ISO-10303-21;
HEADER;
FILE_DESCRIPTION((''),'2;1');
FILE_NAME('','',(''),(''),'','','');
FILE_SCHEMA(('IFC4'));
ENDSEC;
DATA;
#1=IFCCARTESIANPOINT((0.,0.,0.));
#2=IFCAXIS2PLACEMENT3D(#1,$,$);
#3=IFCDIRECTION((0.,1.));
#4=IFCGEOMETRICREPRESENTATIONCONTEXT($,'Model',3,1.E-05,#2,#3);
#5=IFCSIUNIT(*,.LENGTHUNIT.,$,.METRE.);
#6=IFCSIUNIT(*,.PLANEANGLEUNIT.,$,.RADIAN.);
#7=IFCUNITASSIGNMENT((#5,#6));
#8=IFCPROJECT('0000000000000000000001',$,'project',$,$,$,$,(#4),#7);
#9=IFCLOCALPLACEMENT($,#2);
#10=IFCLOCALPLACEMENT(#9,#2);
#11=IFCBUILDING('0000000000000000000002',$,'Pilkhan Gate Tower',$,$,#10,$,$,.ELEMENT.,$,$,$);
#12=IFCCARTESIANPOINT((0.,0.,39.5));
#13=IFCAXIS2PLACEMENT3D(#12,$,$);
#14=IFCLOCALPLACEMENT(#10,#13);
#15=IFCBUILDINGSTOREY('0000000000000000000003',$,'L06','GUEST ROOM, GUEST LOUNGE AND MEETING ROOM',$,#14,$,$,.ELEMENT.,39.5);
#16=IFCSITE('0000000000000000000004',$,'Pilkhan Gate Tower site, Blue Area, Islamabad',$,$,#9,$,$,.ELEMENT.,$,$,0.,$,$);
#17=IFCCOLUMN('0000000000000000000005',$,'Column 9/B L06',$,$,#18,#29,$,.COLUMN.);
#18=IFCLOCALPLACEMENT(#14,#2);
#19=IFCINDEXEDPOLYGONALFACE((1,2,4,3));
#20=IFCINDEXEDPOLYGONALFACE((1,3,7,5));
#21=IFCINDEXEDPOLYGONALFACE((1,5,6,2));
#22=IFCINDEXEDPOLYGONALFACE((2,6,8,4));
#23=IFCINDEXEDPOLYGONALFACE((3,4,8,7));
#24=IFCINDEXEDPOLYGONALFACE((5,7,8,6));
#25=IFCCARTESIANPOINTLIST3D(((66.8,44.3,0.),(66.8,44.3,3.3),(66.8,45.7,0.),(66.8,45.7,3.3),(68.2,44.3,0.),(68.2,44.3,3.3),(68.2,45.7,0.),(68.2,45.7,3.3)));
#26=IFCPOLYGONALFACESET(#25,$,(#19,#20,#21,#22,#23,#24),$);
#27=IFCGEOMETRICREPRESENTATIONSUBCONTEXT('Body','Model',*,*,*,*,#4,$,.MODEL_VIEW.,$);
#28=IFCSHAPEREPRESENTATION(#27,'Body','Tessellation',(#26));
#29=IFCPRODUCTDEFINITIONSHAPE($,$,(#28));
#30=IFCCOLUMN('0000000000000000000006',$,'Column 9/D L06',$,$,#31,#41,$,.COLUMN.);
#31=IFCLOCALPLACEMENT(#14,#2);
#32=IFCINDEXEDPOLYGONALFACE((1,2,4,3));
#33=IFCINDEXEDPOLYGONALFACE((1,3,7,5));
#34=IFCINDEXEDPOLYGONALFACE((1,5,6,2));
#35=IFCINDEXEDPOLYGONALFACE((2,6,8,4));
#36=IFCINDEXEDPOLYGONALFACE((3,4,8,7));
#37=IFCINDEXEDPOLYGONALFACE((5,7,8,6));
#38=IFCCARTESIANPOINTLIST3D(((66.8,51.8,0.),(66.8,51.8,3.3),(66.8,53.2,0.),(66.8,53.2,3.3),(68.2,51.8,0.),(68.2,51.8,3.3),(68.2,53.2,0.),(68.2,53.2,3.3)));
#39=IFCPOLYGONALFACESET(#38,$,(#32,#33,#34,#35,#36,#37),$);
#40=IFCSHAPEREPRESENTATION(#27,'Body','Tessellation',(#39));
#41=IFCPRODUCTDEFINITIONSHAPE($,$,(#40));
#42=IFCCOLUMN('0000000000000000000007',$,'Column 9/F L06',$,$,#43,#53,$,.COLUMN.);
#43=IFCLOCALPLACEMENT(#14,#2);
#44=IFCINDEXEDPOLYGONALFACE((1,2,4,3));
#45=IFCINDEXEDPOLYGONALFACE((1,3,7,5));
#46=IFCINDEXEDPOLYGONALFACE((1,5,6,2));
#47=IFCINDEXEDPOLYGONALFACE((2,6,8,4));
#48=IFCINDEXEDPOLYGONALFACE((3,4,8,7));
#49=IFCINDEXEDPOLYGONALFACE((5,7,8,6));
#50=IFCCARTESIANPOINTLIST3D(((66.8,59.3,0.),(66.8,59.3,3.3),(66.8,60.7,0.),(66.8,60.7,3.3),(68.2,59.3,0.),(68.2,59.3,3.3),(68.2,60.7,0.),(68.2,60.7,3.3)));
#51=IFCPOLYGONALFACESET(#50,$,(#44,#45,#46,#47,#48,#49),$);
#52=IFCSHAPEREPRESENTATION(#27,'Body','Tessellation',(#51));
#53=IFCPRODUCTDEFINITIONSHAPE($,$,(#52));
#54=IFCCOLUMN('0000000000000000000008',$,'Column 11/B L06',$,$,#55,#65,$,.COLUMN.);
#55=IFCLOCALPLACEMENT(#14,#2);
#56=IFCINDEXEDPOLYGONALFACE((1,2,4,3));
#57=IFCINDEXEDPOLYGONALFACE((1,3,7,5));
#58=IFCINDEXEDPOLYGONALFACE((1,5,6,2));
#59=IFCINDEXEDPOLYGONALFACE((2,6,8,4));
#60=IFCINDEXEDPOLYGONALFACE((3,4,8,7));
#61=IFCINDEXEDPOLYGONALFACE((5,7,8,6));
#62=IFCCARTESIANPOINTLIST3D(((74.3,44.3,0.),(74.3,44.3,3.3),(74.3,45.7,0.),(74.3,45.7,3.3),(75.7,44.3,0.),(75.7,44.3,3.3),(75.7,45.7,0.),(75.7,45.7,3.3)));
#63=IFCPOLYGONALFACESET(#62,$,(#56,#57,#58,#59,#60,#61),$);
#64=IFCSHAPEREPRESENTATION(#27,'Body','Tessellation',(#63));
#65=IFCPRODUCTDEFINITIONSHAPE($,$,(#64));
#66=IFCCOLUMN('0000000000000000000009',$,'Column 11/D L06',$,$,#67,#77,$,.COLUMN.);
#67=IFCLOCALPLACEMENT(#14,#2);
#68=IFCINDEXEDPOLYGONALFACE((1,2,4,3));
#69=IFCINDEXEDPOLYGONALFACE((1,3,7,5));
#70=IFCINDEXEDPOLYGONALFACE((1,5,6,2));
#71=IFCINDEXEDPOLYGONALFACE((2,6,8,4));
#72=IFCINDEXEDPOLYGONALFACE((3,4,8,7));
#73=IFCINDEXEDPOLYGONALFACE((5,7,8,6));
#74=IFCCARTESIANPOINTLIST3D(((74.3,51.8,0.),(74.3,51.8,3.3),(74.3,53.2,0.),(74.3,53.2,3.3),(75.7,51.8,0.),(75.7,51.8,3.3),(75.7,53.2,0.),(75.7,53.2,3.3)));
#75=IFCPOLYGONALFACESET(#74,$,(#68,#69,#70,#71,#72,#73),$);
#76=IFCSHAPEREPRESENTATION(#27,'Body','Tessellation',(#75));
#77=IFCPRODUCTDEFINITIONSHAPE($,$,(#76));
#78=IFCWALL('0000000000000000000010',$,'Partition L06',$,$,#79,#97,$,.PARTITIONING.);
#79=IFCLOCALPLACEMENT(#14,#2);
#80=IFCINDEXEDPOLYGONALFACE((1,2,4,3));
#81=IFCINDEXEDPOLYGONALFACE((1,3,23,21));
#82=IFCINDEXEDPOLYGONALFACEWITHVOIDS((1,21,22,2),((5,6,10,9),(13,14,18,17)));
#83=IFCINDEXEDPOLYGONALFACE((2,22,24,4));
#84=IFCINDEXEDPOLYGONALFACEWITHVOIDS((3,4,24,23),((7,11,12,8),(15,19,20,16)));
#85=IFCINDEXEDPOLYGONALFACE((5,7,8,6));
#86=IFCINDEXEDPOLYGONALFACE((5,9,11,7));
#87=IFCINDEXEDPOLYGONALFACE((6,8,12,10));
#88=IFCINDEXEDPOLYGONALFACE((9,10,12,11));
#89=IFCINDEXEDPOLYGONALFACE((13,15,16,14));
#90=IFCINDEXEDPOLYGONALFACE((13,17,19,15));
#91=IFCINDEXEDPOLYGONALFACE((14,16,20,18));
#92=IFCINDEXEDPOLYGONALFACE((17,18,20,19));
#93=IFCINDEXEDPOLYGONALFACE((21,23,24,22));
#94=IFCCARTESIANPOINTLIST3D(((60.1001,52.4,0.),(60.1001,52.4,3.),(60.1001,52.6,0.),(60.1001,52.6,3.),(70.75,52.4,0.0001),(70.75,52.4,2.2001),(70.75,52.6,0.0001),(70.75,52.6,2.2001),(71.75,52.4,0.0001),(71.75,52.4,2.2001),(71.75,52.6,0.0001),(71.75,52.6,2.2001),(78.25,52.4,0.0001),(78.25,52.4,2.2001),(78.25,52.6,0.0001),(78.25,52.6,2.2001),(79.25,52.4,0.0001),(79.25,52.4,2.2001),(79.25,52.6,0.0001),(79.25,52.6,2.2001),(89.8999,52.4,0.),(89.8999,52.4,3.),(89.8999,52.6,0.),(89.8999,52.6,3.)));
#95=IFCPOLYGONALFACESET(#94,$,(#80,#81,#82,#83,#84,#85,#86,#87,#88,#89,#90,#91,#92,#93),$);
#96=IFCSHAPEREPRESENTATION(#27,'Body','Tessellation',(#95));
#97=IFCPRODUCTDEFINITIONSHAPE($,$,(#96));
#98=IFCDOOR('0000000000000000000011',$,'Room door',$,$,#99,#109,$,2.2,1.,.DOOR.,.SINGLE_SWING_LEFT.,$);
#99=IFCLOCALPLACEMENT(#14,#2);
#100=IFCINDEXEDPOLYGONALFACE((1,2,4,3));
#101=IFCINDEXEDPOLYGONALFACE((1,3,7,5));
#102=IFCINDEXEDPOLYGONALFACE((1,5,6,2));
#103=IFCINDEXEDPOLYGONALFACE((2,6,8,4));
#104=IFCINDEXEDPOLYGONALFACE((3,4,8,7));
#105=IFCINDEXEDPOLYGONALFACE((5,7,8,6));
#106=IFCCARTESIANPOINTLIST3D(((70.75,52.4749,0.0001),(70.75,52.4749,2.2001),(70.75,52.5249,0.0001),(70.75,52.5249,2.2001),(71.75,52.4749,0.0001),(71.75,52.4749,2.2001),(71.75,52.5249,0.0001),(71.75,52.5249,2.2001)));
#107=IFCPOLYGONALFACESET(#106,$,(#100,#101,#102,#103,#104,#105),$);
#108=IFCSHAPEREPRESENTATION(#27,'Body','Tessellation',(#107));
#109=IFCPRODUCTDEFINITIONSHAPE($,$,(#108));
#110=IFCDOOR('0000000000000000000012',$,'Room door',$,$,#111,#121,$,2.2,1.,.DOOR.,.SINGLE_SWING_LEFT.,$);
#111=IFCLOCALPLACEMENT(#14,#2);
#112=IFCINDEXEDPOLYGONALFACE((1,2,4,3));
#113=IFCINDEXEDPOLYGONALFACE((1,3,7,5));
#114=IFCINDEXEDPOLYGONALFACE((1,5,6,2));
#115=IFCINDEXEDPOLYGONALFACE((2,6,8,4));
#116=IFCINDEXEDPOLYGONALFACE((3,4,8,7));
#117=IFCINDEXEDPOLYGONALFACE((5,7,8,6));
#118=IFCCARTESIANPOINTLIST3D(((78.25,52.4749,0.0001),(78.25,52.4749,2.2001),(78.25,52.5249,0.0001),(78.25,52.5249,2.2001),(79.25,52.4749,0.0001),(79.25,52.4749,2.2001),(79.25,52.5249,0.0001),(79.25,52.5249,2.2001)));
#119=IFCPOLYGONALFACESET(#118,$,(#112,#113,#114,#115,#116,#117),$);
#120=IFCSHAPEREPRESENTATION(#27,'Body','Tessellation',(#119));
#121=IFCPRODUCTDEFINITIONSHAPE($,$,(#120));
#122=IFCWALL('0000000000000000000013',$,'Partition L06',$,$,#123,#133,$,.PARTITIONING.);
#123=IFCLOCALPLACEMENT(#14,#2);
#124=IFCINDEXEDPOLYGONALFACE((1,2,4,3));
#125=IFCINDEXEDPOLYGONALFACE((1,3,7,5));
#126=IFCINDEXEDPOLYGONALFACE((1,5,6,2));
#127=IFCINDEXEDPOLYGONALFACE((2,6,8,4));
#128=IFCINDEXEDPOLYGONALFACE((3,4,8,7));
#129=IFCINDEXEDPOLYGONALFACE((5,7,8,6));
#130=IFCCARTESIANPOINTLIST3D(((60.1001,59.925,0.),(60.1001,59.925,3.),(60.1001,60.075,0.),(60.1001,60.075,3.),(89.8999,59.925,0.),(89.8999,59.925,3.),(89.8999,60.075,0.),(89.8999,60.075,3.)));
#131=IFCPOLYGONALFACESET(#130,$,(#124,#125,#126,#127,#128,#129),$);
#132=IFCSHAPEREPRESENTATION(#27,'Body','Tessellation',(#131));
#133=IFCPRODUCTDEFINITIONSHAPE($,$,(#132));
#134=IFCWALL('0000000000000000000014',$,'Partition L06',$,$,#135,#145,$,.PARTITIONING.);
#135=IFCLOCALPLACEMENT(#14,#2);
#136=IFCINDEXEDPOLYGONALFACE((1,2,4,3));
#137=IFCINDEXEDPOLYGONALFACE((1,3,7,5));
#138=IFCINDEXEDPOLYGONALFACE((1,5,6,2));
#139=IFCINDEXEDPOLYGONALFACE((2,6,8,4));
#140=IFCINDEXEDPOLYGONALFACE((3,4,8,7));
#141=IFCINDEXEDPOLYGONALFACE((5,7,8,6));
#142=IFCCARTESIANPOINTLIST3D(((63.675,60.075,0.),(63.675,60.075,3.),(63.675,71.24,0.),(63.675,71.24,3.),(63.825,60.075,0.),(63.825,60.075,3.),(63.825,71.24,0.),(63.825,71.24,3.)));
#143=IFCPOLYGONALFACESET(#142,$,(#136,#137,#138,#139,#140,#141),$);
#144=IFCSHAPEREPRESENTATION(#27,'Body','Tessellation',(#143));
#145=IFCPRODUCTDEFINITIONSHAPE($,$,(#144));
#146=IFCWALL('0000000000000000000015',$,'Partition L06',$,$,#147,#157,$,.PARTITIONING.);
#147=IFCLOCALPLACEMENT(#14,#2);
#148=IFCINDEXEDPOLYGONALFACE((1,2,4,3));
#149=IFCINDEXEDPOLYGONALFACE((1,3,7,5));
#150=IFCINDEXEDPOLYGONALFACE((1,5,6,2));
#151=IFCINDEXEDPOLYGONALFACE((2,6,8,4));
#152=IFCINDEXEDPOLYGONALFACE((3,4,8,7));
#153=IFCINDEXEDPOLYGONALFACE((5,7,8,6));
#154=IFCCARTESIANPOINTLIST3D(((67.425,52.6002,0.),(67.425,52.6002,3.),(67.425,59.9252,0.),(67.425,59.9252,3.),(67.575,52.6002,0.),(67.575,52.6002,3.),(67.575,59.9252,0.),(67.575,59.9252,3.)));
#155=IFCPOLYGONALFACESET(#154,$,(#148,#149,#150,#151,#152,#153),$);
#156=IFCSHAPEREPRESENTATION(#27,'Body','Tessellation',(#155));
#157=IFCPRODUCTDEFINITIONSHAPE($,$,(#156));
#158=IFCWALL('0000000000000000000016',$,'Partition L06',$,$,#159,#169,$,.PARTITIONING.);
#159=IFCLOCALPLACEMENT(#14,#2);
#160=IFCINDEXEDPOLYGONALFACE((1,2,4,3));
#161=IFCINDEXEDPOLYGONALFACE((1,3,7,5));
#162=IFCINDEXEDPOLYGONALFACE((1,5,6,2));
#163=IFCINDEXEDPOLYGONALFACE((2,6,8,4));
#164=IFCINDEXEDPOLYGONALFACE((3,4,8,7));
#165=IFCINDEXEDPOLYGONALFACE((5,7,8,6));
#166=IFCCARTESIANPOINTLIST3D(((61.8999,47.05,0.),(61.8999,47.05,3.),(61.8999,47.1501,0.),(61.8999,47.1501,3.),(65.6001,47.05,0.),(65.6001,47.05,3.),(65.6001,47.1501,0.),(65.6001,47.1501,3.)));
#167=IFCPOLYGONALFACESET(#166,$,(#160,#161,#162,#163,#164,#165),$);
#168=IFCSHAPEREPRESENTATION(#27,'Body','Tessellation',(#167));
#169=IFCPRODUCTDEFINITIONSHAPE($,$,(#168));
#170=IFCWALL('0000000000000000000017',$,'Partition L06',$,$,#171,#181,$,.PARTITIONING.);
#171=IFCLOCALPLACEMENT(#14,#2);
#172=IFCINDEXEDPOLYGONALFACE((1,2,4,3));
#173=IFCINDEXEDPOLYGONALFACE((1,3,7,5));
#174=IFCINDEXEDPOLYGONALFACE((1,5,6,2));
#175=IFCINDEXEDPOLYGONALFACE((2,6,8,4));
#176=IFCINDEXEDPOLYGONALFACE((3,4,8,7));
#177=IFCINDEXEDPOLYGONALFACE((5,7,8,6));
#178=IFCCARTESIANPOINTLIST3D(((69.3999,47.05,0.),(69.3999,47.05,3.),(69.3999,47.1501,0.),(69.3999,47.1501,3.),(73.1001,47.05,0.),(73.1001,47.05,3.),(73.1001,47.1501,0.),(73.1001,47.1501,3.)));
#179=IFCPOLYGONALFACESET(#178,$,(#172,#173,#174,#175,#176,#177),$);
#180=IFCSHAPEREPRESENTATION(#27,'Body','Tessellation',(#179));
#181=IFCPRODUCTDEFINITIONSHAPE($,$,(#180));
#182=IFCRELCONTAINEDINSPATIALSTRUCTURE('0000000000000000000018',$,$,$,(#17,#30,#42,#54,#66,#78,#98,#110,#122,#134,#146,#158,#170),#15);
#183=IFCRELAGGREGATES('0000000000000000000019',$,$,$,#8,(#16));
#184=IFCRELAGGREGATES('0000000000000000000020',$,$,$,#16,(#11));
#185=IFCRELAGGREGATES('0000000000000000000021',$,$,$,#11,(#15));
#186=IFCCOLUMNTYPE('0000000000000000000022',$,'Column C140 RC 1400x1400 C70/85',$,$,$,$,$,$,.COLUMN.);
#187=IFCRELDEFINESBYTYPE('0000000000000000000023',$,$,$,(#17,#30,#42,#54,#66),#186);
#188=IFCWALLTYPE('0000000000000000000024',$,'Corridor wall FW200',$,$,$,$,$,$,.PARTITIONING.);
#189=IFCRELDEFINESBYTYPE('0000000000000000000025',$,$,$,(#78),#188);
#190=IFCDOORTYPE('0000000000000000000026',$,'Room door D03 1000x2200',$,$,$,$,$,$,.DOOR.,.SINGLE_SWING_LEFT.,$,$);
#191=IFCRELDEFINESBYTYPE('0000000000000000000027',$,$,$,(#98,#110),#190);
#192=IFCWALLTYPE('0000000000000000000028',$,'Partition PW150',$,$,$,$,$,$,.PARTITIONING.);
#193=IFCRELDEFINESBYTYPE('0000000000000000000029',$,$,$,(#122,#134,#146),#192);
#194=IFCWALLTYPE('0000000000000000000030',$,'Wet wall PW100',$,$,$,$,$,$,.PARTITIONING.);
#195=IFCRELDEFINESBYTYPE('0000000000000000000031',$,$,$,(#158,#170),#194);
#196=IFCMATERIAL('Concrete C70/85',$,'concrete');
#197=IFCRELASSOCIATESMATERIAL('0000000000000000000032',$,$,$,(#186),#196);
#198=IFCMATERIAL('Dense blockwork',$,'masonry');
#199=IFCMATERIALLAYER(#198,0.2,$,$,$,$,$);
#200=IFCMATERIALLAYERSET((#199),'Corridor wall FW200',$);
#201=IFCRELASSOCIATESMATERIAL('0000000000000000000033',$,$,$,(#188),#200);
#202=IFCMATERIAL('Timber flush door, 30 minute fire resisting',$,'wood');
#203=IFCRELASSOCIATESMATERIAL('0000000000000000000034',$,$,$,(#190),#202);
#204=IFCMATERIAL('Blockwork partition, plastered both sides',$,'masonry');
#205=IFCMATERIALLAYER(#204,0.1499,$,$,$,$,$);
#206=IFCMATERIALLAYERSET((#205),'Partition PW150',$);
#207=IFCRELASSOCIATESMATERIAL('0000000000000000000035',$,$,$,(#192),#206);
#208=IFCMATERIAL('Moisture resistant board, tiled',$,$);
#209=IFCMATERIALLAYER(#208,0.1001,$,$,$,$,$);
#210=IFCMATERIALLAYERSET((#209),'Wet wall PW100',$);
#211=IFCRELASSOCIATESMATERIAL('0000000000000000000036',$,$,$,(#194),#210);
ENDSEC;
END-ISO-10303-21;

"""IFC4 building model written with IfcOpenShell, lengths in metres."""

from ifc_helpers import new_model, si_unit, direction, frame, frame_2d, origin, origin_2d, place, context, subcontext, project, spatial, rectangle, extrude, material, layer, layer_set, material_profile, profile_set, type_object, element, fill, save


model = new_model("IFC4")

# Units and contexts
model_context = context("Model", 3, precision=1e-05, world=origin(), true_north=direction((0.0, 1.0)))
body_context = subcontext(model_context, "Body", "Model", "MODEL_VIEW")
ifc_project = project(units=[si_unit("LENGTHUNIT", "METRE"), si_unit("PLANEANGLEUNIT", "RADIAN")], contexts=[model_context])

# Site, building, storey
site_placement = place(None, origin())
site = spatial("IfcSite", under=ifc_project, at=site_placement, Name="Pilkhan Gate Tower site, Blue Area, Islamabad", CompositionType="ELEMENT", RefElevation=0.0)
building_placement = place(site_placement, origin())
building = spatial("IfcBuilding", under=site, at=building_placement, Name="Pilkhan Gate Tower", CompositionType="ELEMENT")
storey_placement = place(building_placement, frame((0.0, 0.0, 39.5)))
storey = spatial("IfcBuildingStorey", under=building, at=storey_placement, Name="L06", Description="GUEST ROOM, GUEST LOUNGE AND MEETING ROOM", CompositionType="ELEMENT", Elevation=39.5)

# Columns
ifc_material_1 = material(Name="Concrete C70/85", Category="concrete")
ifc_material_profile = material_profile(ifc_material_1, rectangle(XDim=1.3999, YDim=1.3999, at=origin_2d()), Name="RC 1400x1400")
ifc_profile_set = profile_set([ifc_material_profile], Name="Concrete C70/85")
column_type = type_object("IfcColumnType", Name="Column C140 RC 1400x1400 C70/85", PredefinedType="COLUMN", material=ifc_profile_set)
for number, where, z_axis, x_axis, name in (
    (1, (67.5, 45.0, 0.0), (0.0, 0.0, 1.0), (1.0, 0.0, 0.0), "Column 9/B L06"),
    (2, (67.5, 52.5, 0.0), (0.0, 0.0, 1.0), (1.0, 0.0, 0.0), "Column 9/D L06"),
    (3, (67.5, 60.0, 0.0), (0.0, 0.0, 1.0), (1.0, 0.0, 0.0), "Column 9/F L06"),
    (4, (75.0, 45.0, 0.0), (0.0, 0.0, 1.0), (1.0, 0.0, 0.0), "Column 11/B L06"),
    (5, (75.0, 52.5, 0.0), (0.0, 0.0, 1.0), (1.0, 0.0, 0.0), "Column 11/D L06"),
):
    element("IfcColumn", number, at=place(storey_placement, frame(where, z_axis=z_axis, x_axis=x_axis)), inside=storey, type_object=column_type, Name=name, PredefinedType="COLUMN", context=body_context, shape_type="SweptSolid", body=[
        extrude(rectangle(XDim=1.3999, YDim=1.3999, at=origin_2d()), origin(), (0.0, 0.0, 1.0), 3.3),
    ])

# Wall, openings, doors
ifc_material_2 = material(Name="Dense blockwork", Category="masonry")
ifc_layer_1 = layer(ifc_material_2, 0.2)
ifc_layer_set_1 = layer_set([ifc_layer_1], Name="Corridor wall FW200")
wall_type_1 = type_object("IfcWallType", Name="Corridor wall FW200", PredefinedType="PARTITIONING", material=ifc_layer_set_1)
wall_1_placement = place(storey_placement, frame((60.1001, 52.5, 0.0), z_axis=(0.0, 0.0, 1.0), x_axis=(1.0, 0.0, 0.0)))
wall_1 = element("IfcWall", 6, at=wall_1_placement, inside=storey, type_object=wall_type_1, Name="Partition L06", PredefinedType="PARTITIONING", context=body_context, shape_type="SweptSolid", body=[
    extrude(rectangle(XDim=29.7998, YDim=0.2, at=frame_2d((14.8999, 0.0))), origin(), (0.0, 0.0, 1.0), 3.0),
])
opening_1_placement = place(wall_1_placement, frame((10.6499, 0.0, 0.0)))
opening_1 = element("IfcOpeningElement", 7, at=opening_1_placement, cuts=wall_1, PredefinedType="OPENING", context=body_context, shape_type="SweptSolid", body=[
    extrude(rectangle(XDim=1.0, YDim=2.2, at=frame_2d((0.5, 1.1001))), frame((0.0, 0.1099, 0.0), z_axis=(0.0, -1.0, 0.0), x_axis=(1.0, 0.0, 0.0)), (0.0, 0.0, 1.0), 0.22),
])
opening_2_placement = place(wall_1_placement, frame((18.1499, 0.0, 0.0)))
opening_2 = element("IfcOpeningElement", 8, at=opening_2_placement, cuts=wall_1, PredefinedType="OPENING", context=body_context, shape_type="SweptSolid", body=[
    extrude(rectangle(XDim=1.0, YDim=2.2, at=frame_2d((0.5, 1.1001))), frame((0.0, 0.1099, 0.0), z_axis=(0.0, -1.0, 0.0), x_axis=(1.0, 0.0, 0.0)), (0.0, 0.0, 1.0), 0.22),
])
ifc_material_3 = material(Name="Timber flush door, 30 minute fire resisting", Category="wood")
door_type_1 = type_object("IfcDoorType", Name="Room door D03 1000x2200", OperationType="SINGLE_SWING_LEFT", PredefinedType="DOOR", material=ifc_material_3)
door_1_placement = place(opening_1_placement, origin())
door_1 = element("IfcDoor", 9, at=door_1_placement, inside=storey, type_object=door_type_1, Name="Room door", OperationType="SINGLE_SWING_LEFT", OverallHeight=2.2, OverallWidth=1.0, PredefinedType="DOOR", context=body_context, shape_type="SweptSolid", body=[
    extrude(rectangle(XDim=1.0, YDim=2.2, at=frame_2d((0.5, 1.1001))), frame((0.0, 0.0249, 0.0), z_axis=(0.0, -1.0, 0.0), x_axis=(1.0, 0.0, 0.0)), (0.0, 0.0, 1.0), 0.05),
])
fill(opening_1, door_1)
door_2_placement = place(opening_2_placement, origin())
door_2 = element("IfcDoor", 10, at=door_2_placement, inside=storey, type_object=door_type_1, Name="Room door", OperationType="SINGLE_SWING_LEFT", OverallHeight=2.2, OverallWidth=1.0, PredefinedType="DOOR", context=body_context, shape_type="SweptSolid", body=[
    extrude(rectangle(XDim=1.0, YDim=2.2, at=frame_2d((0.5, 1.1001))), frame((0.0, 0.0249, 0.0), z_axis=(0.0, -1.0, 0.0), x_axis=(1.0, 0.0, 0.0)), (0.0, 0.0, 1.0), 0.05),
])
fill(opening_2, door_2)

# Walls
ifc_material_4 = material(Name="Blockwork partition, plastered both sides", Category="masonry")
ifc_layer_2 = layer(ifc_material_4, 0.1499)
ifc_layer_set_2 = layer_set([ifc_layer_2], Name="Partition PW150")
wall_type_2 = type_object("IfcWallType", Name="Partition PW150", PredefinedType="PARTITIONING", material=ifc_layer_set_2)
wall_2_placement = place(storey_placement, frame((60.1001, 60.0, 0.0), z_axis=(0.0, 0.0, 1.0), x_axis=(1.0, 0.0, 0.0)))
element("IfcWall", 11, at=wall_2_placement, inside=storey, type_object=wall_type_2, Name="Partition L06", PredefinedType="PARTITIONING", context=body_context, shape_type="SweptSolid", body=[
    extrude(rectangle(XDim=29.7998, YDim=0.1499, at=frame_2d((14.8999, 0.0))), origin(), (0.0, 0.0, 1.0), 3.0),
])
wall_3_placement = place(storey_placement, frame((63.75, 60.075, 0.0), z_axis=(0.0, 0.0, 1.0), x_axis=(0.0, 1.0, 0.0)))
element("IfcWall", 12, at=wall_3_placement, inside=storey, type_object=wall_type_2, Name="Partition L06", PredefinedType="PARTITIONING", context=body_context, shape_type="SweptSolid", body=[
    extrude(rectangle(XDim=11.165, YDim=0.1499, at=frame_2d((5.5825, 0.0))), origin(), (0.0, 0.0, 1.0), 3.0),
])
wall_4_placement = place(storey_placement, frame((67.5, 52.6001, 0.0), z_axis=(0.0, 0.0, 1.0), x_axis=(0.0, 1.0, 0.0)))
element("IfcWall", 13, at=wall_4_placement, inside=storey, type_object=wall_type_2, Name="Partition L06", PredefinedType="PARTITIONING", context=body_context, shape_type="SweptSolid", body=[
    extrude(rectangle(XDim=7.325, YDim=0.1499, at=frame_2d((3.6626, 0.0))), origin(), (0.0, 0.0, 1.0), 3.0),
])
ifc_material_5 = material(Name="Moisture resistant board, tiled")
ifc_layer_3 = layer(ifc_material_5, 0.1001)
ifc_layer_set_3 = layer_set([ifc_layer_3], Name="Wet wall PW100")
wall_type_3 = type_object("IfcWallType", Name="Wet wall PW100", PredefinedType="PARTITIONING", material=ifc_layer_set_3)
for number, where, z_axis, x_axis, name in (
    (14, (61.8999, 47.1001, 0.0), (0.0, 0.0, 1.0), (1.0, 0.0, 0.0), "Partition L06"),
    (15, (69.3999, 47.1001, 0.0), (0.0, 0.0, 1.0), (1.0, 0.0, 0.0), "Partition L06"),
):
    element("IfcWall", number, at=place(storey_placement, frame(where, z_axis=z_axis, x_axis=x_axis)), inside=storey, type_object=wall_type_3, Name=name, PredefinedType="PARTITIONING", context=body_context, shape_type="SweptSolid", body=[
        extrude(rectangle(XDim=3.7002, YDim=0.1001, at=frame_2d((1.8501, 0.0))), origin(), (0.0, 0.0, 1.0), 3.0),
    ])

save(model, "model.ifc")
